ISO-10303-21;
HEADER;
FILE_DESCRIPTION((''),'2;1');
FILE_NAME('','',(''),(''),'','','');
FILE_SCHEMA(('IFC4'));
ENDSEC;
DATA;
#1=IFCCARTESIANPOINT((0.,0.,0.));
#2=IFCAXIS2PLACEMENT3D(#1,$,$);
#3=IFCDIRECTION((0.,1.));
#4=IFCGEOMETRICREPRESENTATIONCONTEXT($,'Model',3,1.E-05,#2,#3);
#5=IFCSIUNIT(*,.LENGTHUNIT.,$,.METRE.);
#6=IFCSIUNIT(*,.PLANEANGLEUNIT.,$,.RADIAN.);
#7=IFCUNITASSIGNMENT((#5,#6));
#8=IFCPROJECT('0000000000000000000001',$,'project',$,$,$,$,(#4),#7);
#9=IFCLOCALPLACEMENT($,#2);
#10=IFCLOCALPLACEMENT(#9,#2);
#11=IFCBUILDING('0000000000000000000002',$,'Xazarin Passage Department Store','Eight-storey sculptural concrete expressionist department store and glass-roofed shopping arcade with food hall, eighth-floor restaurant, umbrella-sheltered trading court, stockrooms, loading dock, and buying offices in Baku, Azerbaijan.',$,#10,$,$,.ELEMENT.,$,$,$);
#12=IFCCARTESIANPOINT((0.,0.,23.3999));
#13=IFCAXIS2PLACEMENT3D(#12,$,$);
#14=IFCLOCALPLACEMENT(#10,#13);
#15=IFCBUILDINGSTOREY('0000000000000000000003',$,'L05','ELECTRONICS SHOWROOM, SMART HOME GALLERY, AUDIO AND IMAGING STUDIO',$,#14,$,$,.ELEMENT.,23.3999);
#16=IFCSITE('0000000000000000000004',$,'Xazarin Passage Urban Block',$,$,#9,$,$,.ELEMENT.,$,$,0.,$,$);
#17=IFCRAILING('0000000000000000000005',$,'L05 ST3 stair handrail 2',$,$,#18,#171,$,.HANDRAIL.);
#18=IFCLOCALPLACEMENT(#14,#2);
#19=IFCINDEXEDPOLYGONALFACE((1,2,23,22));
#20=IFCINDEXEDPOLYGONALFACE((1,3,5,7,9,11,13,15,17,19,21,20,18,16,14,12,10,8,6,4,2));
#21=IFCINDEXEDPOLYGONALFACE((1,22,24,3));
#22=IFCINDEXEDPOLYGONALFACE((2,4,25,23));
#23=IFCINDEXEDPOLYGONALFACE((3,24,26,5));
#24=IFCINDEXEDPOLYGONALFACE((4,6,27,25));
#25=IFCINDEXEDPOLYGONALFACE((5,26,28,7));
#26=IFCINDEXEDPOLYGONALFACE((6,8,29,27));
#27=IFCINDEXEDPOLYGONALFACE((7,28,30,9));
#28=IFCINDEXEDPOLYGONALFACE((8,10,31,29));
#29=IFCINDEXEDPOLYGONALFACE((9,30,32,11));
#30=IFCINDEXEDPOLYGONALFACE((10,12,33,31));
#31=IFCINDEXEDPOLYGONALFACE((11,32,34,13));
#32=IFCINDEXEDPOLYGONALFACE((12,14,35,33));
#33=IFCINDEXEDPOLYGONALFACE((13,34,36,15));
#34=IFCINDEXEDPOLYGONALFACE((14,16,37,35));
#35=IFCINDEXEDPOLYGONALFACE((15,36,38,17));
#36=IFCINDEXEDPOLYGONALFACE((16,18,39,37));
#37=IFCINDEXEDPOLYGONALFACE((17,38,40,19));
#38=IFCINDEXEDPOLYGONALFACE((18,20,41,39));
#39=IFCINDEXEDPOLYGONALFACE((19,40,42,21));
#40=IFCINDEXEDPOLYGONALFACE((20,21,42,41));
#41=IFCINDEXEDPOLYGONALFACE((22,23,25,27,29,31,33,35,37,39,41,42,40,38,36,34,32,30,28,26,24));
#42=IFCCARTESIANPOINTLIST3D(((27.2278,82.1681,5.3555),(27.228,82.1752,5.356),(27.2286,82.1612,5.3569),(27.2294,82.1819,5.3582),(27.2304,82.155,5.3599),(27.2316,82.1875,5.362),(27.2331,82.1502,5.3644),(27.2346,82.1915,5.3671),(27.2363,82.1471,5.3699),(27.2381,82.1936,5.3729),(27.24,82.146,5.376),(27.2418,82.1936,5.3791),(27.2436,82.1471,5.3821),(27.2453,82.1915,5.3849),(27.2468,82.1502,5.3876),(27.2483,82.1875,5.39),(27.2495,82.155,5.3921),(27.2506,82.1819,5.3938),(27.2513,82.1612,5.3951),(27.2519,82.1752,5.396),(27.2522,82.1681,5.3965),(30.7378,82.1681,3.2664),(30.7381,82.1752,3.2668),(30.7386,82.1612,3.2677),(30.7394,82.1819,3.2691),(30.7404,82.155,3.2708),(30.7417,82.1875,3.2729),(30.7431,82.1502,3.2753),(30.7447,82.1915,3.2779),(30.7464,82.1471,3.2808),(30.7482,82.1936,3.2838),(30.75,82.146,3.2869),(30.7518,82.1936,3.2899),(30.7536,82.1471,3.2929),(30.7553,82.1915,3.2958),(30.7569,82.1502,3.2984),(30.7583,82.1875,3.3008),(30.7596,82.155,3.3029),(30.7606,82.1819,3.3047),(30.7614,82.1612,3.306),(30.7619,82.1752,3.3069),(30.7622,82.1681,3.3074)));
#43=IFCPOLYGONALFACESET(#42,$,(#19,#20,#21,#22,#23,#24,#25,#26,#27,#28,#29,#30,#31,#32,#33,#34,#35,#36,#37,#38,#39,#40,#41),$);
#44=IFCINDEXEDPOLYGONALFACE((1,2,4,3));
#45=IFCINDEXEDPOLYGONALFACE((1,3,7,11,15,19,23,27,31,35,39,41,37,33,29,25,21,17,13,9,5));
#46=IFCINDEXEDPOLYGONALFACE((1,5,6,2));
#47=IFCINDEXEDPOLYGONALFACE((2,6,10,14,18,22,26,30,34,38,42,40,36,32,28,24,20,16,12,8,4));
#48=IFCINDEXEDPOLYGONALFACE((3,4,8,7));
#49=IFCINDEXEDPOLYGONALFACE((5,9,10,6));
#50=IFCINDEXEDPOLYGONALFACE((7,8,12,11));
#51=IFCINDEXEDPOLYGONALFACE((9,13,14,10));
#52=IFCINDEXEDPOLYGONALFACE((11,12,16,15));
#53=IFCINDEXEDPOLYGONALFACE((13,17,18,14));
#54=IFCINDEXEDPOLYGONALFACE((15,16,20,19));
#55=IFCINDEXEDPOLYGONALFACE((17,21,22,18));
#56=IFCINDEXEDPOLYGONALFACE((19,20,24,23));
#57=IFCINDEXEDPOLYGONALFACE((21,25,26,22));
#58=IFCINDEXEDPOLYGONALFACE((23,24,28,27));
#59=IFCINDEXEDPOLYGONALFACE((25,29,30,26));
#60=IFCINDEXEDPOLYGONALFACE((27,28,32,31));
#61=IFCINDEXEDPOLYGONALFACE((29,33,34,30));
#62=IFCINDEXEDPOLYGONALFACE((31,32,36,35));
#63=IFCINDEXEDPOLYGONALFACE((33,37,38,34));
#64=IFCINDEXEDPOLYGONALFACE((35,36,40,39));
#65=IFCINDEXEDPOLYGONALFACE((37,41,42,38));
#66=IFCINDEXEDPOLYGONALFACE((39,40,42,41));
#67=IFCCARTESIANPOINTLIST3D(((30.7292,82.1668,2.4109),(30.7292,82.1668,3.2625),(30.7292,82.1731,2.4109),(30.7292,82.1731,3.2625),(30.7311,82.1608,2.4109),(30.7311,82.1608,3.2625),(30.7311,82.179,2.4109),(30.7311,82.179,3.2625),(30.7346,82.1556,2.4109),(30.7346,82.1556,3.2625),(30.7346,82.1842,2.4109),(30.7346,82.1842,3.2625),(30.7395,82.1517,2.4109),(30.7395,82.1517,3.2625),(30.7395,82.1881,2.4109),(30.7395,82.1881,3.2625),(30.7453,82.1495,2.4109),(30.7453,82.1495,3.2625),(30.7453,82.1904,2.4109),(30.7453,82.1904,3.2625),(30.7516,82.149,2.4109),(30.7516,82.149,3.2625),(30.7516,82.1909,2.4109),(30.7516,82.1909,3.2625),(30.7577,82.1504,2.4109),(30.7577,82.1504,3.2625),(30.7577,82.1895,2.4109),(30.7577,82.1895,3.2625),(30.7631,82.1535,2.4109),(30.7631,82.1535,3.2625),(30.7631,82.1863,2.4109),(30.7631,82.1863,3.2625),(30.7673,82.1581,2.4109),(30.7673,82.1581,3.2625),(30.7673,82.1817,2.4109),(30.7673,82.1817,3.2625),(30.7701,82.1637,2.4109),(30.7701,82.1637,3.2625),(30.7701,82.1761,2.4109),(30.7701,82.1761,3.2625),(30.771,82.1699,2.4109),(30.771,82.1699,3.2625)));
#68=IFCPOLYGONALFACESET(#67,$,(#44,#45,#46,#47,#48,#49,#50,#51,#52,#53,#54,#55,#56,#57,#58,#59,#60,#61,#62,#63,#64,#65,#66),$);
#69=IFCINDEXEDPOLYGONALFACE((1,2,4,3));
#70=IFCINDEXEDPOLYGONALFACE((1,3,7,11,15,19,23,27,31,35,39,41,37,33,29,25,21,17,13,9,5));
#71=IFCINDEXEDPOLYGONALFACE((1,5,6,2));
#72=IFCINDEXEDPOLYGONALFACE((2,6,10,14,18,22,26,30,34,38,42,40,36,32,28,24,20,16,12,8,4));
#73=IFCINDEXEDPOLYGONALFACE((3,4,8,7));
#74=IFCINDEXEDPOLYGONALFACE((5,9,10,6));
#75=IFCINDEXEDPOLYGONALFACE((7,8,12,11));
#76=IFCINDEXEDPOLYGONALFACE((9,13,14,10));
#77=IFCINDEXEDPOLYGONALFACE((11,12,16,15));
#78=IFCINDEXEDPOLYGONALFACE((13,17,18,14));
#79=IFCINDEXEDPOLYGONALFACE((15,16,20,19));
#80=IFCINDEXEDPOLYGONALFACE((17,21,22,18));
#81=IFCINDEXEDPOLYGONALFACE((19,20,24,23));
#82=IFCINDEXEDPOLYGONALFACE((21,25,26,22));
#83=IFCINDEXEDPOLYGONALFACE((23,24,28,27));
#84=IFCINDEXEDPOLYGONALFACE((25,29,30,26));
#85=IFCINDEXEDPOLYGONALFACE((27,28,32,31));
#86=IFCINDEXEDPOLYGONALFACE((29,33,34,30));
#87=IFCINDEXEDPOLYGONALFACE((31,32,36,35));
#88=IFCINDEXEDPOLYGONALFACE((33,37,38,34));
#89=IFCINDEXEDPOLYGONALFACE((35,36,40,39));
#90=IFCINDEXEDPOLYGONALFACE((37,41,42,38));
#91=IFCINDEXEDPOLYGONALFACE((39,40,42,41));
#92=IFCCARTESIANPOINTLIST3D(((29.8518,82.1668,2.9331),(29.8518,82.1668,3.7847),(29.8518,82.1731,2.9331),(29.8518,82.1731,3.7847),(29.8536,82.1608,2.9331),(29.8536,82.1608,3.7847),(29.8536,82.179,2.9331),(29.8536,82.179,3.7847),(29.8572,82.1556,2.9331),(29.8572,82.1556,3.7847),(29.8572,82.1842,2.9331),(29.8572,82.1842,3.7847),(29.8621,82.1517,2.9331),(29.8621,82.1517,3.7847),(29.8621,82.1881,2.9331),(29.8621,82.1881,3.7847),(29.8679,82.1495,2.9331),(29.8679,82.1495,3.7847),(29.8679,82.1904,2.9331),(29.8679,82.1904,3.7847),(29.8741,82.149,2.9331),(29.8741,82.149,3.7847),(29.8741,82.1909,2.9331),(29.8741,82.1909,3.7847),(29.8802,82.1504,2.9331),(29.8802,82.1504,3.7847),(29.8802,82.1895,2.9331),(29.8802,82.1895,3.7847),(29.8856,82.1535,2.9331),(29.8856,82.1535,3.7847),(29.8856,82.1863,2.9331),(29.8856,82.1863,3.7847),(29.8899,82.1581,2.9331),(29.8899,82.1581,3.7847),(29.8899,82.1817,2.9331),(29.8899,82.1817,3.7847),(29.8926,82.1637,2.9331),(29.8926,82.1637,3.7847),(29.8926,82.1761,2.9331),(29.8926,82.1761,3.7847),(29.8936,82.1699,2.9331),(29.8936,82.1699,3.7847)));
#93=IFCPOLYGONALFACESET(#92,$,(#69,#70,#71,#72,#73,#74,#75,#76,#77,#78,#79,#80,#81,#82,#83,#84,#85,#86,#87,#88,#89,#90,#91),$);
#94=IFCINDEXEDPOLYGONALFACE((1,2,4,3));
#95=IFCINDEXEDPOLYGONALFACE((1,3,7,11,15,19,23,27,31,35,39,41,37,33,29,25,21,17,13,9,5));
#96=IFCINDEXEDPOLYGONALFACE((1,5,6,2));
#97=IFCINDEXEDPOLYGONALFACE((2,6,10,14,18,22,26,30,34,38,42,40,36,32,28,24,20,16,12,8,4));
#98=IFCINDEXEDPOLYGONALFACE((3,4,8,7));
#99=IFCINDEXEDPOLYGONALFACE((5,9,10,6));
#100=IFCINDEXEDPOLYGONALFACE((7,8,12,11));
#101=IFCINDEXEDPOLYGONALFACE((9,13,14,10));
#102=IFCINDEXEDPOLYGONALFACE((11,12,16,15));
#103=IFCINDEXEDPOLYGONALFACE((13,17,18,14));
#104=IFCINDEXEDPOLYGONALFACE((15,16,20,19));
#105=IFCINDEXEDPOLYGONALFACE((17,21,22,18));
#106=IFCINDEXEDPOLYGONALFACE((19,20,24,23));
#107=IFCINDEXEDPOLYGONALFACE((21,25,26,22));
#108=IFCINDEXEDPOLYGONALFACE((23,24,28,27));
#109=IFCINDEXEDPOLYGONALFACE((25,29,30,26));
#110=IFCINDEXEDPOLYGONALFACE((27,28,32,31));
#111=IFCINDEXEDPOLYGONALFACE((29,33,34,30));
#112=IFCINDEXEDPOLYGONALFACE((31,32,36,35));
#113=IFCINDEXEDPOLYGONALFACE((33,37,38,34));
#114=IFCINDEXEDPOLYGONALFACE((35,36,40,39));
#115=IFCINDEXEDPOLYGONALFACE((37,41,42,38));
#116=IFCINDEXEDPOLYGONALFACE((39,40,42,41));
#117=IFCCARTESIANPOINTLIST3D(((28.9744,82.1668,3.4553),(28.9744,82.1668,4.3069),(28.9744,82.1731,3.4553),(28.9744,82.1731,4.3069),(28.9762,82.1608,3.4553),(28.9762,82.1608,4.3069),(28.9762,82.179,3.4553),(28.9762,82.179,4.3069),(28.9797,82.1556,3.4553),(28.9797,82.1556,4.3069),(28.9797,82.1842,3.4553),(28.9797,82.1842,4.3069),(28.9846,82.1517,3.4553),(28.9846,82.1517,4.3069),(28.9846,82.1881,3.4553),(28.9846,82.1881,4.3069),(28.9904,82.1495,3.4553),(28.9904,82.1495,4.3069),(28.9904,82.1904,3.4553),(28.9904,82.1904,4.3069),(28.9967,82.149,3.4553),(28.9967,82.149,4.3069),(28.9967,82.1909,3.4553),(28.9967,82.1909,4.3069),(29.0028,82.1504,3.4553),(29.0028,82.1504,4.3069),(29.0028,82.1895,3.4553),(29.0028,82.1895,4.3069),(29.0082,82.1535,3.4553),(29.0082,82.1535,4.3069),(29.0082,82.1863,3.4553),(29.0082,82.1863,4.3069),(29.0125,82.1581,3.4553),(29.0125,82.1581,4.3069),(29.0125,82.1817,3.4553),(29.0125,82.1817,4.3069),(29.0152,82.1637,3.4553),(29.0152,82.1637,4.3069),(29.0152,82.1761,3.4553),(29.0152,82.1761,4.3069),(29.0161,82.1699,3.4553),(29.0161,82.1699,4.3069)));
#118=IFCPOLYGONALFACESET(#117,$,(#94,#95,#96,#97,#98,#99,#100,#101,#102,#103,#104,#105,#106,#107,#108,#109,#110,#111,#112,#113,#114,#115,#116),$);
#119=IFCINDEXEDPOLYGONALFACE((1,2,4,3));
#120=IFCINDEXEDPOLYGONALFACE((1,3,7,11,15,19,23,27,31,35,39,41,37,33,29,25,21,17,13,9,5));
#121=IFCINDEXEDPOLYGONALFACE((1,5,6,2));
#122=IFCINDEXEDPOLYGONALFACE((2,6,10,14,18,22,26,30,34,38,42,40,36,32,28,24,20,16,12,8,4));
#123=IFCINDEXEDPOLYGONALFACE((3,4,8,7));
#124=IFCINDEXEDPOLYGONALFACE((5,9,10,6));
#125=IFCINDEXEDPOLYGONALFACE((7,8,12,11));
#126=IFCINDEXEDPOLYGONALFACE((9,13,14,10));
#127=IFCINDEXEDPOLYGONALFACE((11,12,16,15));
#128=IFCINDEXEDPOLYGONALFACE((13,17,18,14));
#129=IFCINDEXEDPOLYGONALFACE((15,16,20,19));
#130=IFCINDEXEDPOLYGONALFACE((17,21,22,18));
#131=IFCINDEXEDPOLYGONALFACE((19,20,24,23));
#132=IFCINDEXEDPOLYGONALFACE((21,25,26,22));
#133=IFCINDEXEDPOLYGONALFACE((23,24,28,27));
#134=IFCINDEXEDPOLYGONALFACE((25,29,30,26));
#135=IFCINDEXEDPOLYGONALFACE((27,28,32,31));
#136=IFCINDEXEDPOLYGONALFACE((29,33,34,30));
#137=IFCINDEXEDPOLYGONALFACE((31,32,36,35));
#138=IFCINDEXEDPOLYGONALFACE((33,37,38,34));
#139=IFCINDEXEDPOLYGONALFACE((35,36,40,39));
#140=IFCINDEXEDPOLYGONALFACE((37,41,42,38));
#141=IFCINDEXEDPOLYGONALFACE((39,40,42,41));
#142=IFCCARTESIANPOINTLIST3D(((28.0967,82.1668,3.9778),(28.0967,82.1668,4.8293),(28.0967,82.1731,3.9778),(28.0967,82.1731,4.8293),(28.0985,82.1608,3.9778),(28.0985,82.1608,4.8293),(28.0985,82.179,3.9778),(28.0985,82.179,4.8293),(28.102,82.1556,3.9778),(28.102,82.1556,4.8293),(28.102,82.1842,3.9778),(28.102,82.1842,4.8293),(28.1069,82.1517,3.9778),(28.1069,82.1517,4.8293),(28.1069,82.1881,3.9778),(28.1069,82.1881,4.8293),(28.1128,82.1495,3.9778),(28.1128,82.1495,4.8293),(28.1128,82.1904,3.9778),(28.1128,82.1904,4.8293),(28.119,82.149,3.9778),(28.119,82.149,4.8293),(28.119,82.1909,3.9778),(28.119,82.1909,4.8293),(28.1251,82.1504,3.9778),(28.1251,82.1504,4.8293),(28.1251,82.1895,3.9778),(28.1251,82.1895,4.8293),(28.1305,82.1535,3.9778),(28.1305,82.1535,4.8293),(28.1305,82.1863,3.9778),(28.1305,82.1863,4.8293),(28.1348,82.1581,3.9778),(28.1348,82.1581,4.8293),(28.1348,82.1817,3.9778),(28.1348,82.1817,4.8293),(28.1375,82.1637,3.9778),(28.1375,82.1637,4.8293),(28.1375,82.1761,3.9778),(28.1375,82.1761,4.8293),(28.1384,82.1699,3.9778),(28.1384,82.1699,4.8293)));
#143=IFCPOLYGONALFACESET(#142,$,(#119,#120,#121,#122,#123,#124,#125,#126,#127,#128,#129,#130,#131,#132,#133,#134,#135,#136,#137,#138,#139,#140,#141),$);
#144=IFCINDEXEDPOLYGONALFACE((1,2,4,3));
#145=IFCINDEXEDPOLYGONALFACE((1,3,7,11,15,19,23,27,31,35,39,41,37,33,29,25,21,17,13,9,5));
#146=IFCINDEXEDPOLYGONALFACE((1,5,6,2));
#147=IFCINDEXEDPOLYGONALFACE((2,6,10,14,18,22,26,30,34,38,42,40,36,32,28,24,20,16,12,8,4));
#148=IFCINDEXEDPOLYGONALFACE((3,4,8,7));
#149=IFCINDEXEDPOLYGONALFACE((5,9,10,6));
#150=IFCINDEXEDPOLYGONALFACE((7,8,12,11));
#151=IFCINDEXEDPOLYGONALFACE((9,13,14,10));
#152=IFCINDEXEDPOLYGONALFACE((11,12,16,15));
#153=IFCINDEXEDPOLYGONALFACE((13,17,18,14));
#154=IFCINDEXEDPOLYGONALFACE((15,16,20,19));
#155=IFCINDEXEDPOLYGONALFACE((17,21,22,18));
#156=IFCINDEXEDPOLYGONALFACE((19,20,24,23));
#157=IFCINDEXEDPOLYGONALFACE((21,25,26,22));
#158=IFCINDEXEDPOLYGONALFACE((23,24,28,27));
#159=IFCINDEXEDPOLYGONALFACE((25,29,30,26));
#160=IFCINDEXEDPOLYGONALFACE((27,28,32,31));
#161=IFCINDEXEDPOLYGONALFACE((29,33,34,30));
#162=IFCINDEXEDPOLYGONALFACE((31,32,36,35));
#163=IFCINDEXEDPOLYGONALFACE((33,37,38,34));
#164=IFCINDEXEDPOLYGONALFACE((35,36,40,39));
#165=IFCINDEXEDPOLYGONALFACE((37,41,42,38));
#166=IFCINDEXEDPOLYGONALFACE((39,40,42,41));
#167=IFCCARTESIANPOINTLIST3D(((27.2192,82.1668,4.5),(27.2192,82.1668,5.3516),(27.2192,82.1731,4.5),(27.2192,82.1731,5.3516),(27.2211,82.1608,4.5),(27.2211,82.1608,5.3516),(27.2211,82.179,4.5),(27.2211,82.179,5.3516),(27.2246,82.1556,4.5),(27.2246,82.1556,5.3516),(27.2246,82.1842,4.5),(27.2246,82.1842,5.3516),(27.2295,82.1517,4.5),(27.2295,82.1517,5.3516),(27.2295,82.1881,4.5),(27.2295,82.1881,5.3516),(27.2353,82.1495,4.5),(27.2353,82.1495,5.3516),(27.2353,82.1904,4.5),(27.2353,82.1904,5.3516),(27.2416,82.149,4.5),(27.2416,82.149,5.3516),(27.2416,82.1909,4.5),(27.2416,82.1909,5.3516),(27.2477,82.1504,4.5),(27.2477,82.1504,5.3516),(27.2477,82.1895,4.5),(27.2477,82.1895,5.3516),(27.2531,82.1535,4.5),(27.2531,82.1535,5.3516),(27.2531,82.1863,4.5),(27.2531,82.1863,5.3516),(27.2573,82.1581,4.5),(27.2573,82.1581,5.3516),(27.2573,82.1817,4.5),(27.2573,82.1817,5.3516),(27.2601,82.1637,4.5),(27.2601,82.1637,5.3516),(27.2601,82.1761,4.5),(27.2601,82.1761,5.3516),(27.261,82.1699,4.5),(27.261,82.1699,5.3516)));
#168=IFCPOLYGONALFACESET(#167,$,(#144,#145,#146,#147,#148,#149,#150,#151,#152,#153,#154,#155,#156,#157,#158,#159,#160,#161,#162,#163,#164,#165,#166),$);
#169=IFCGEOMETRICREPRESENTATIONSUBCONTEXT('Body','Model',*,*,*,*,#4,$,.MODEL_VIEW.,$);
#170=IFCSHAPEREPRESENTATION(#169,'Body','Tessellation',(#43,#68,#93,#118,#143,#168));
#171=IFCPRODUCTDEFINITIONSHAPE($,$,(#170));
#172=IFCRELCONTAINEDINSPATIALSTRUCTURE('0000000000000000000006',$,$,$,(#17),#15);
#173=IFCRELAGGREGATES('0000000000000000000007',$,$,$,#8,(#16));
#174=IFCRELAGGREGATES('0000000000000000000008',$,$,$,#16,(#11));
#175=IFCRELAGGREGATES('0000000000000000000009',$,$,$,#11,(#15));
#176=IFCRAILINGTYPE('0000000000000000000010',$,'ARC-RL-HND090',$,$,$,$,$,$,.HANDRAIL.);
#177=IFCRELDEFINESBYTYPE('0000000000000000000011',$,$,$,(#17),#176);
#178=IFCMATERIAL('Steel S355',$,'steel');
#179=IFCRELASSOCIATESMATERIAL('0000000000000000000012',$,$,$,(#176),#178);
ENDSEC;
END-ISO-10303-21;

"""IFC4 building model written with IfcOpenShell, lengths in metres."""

from ifc_helpers import new_model, si_unit, direction, frame, origin, origin_2d, place, context, subcontext, project, spatial, circle, extrude, material, type_object, element, save


model = new_model("IFC4")

# Units and contexts
model_context = context("Model", 3, precision=1e-05, world=origin(), true_north=direction((0.0, 1.0)))
body_context = subcontext(model_context, "Body", "Model", "MODEL_VIEW")
ifc_project = project(units=[si_unit("LENGTHUNIT", "METRE"), si_unit("PLANEANGLEUNIT", "RADIAN")], contexts=[model_context])

# Site, building, storey
site_placement = place(None, origin())
site = spatial("IfcSite", under=ifc_project, at=site_placement, Name="Xazarin Passage Urban Block", CompositionType="ELEMENT", RefElevation=0.0)
building_placement = place(site_placement, origin())
building = spatial("IfcBuilding", under=site, at=building_placement, Name="Xazarin Passage Department Store", Description="Eight-storey sculptural concrete expressionist department store and glass-roofed shopping arcade with food hall, eighth-floor restaurant, umbrella-sheltered trading court, stockrooms, loading dock, and buying offices in Baku, Azerbaijan.", CompositionType="ELEMENT")
storey_placement = place(building_placement, frame((0.0, 0.0, 23.3999)))
storey = spatial("IfcBuildingStorey", under=building, at=storey_placement, Name="L05", Description="ELECTRONICS SHOWROOM, SMART HOME GALLERY, AUDIO AND IMAGING STUDIO", CompositionType="ELEMENT", Elevation=23.3999)

# Shared definitions
ifc_material_1 = material(Name="Steel S355", Category="steel")

# Railing
railing_type_1 = type_object("IfcRailingType", Name="ARC-RL-HND090", PredefinedType="HANDRAIL", material=ifc_material_1)
railing_1_placement = place(storey_placement, frame((30.75, 82.1699, 2.4109)))
element("IfcRailing", 1, at=railing_1_placement, inside=storey, type_object=railing_type_1, Name="L05 ST3 stair handrail 2", PredefinedType="HANDRAIL", context=body_context, shape_type="SweptSolid", body=[
    extrude(circle(Radius=0.0239, at=origin_2d()), frame((0.0, 0.0, 0.876), z_axis=(-0.859312, 0.0, 0.511451), x_axis=(0.0, -1.0, 0.0)), (0.0, 0.0, 1.0), 4.0847),
    extrude(circle(Radius=0.021, at=origin_2d()), origin(), (0.0, 0.0, 1.0), 0.8516),
    extrude(circle(Radius=0.021, at=origin_2d()), frame((-0.8774, 0.0, 0.5222)), (0.0, 0.0, 1.0), 0.8516),
    extrude(circle(Radius=0.021, at=origin_2d()), frame((-1.7549, 0.0, 1.0444)), (0.0, 0.0, 1.0), 0.8516),
    extrude(circle(Radius=0.021, at=origin_2d()), frame((-2.6326, 0.0, 1.5669)), (0.0, 0.0, 1.0), 0.8516),
    extrude(circle(Radius=0.021, at=origin_2d()), frame((-3.51, 0.0, 2.0891)), (0.0, 0.0, 1.0), 0.8516),
])

save(model, "model.ifc")
